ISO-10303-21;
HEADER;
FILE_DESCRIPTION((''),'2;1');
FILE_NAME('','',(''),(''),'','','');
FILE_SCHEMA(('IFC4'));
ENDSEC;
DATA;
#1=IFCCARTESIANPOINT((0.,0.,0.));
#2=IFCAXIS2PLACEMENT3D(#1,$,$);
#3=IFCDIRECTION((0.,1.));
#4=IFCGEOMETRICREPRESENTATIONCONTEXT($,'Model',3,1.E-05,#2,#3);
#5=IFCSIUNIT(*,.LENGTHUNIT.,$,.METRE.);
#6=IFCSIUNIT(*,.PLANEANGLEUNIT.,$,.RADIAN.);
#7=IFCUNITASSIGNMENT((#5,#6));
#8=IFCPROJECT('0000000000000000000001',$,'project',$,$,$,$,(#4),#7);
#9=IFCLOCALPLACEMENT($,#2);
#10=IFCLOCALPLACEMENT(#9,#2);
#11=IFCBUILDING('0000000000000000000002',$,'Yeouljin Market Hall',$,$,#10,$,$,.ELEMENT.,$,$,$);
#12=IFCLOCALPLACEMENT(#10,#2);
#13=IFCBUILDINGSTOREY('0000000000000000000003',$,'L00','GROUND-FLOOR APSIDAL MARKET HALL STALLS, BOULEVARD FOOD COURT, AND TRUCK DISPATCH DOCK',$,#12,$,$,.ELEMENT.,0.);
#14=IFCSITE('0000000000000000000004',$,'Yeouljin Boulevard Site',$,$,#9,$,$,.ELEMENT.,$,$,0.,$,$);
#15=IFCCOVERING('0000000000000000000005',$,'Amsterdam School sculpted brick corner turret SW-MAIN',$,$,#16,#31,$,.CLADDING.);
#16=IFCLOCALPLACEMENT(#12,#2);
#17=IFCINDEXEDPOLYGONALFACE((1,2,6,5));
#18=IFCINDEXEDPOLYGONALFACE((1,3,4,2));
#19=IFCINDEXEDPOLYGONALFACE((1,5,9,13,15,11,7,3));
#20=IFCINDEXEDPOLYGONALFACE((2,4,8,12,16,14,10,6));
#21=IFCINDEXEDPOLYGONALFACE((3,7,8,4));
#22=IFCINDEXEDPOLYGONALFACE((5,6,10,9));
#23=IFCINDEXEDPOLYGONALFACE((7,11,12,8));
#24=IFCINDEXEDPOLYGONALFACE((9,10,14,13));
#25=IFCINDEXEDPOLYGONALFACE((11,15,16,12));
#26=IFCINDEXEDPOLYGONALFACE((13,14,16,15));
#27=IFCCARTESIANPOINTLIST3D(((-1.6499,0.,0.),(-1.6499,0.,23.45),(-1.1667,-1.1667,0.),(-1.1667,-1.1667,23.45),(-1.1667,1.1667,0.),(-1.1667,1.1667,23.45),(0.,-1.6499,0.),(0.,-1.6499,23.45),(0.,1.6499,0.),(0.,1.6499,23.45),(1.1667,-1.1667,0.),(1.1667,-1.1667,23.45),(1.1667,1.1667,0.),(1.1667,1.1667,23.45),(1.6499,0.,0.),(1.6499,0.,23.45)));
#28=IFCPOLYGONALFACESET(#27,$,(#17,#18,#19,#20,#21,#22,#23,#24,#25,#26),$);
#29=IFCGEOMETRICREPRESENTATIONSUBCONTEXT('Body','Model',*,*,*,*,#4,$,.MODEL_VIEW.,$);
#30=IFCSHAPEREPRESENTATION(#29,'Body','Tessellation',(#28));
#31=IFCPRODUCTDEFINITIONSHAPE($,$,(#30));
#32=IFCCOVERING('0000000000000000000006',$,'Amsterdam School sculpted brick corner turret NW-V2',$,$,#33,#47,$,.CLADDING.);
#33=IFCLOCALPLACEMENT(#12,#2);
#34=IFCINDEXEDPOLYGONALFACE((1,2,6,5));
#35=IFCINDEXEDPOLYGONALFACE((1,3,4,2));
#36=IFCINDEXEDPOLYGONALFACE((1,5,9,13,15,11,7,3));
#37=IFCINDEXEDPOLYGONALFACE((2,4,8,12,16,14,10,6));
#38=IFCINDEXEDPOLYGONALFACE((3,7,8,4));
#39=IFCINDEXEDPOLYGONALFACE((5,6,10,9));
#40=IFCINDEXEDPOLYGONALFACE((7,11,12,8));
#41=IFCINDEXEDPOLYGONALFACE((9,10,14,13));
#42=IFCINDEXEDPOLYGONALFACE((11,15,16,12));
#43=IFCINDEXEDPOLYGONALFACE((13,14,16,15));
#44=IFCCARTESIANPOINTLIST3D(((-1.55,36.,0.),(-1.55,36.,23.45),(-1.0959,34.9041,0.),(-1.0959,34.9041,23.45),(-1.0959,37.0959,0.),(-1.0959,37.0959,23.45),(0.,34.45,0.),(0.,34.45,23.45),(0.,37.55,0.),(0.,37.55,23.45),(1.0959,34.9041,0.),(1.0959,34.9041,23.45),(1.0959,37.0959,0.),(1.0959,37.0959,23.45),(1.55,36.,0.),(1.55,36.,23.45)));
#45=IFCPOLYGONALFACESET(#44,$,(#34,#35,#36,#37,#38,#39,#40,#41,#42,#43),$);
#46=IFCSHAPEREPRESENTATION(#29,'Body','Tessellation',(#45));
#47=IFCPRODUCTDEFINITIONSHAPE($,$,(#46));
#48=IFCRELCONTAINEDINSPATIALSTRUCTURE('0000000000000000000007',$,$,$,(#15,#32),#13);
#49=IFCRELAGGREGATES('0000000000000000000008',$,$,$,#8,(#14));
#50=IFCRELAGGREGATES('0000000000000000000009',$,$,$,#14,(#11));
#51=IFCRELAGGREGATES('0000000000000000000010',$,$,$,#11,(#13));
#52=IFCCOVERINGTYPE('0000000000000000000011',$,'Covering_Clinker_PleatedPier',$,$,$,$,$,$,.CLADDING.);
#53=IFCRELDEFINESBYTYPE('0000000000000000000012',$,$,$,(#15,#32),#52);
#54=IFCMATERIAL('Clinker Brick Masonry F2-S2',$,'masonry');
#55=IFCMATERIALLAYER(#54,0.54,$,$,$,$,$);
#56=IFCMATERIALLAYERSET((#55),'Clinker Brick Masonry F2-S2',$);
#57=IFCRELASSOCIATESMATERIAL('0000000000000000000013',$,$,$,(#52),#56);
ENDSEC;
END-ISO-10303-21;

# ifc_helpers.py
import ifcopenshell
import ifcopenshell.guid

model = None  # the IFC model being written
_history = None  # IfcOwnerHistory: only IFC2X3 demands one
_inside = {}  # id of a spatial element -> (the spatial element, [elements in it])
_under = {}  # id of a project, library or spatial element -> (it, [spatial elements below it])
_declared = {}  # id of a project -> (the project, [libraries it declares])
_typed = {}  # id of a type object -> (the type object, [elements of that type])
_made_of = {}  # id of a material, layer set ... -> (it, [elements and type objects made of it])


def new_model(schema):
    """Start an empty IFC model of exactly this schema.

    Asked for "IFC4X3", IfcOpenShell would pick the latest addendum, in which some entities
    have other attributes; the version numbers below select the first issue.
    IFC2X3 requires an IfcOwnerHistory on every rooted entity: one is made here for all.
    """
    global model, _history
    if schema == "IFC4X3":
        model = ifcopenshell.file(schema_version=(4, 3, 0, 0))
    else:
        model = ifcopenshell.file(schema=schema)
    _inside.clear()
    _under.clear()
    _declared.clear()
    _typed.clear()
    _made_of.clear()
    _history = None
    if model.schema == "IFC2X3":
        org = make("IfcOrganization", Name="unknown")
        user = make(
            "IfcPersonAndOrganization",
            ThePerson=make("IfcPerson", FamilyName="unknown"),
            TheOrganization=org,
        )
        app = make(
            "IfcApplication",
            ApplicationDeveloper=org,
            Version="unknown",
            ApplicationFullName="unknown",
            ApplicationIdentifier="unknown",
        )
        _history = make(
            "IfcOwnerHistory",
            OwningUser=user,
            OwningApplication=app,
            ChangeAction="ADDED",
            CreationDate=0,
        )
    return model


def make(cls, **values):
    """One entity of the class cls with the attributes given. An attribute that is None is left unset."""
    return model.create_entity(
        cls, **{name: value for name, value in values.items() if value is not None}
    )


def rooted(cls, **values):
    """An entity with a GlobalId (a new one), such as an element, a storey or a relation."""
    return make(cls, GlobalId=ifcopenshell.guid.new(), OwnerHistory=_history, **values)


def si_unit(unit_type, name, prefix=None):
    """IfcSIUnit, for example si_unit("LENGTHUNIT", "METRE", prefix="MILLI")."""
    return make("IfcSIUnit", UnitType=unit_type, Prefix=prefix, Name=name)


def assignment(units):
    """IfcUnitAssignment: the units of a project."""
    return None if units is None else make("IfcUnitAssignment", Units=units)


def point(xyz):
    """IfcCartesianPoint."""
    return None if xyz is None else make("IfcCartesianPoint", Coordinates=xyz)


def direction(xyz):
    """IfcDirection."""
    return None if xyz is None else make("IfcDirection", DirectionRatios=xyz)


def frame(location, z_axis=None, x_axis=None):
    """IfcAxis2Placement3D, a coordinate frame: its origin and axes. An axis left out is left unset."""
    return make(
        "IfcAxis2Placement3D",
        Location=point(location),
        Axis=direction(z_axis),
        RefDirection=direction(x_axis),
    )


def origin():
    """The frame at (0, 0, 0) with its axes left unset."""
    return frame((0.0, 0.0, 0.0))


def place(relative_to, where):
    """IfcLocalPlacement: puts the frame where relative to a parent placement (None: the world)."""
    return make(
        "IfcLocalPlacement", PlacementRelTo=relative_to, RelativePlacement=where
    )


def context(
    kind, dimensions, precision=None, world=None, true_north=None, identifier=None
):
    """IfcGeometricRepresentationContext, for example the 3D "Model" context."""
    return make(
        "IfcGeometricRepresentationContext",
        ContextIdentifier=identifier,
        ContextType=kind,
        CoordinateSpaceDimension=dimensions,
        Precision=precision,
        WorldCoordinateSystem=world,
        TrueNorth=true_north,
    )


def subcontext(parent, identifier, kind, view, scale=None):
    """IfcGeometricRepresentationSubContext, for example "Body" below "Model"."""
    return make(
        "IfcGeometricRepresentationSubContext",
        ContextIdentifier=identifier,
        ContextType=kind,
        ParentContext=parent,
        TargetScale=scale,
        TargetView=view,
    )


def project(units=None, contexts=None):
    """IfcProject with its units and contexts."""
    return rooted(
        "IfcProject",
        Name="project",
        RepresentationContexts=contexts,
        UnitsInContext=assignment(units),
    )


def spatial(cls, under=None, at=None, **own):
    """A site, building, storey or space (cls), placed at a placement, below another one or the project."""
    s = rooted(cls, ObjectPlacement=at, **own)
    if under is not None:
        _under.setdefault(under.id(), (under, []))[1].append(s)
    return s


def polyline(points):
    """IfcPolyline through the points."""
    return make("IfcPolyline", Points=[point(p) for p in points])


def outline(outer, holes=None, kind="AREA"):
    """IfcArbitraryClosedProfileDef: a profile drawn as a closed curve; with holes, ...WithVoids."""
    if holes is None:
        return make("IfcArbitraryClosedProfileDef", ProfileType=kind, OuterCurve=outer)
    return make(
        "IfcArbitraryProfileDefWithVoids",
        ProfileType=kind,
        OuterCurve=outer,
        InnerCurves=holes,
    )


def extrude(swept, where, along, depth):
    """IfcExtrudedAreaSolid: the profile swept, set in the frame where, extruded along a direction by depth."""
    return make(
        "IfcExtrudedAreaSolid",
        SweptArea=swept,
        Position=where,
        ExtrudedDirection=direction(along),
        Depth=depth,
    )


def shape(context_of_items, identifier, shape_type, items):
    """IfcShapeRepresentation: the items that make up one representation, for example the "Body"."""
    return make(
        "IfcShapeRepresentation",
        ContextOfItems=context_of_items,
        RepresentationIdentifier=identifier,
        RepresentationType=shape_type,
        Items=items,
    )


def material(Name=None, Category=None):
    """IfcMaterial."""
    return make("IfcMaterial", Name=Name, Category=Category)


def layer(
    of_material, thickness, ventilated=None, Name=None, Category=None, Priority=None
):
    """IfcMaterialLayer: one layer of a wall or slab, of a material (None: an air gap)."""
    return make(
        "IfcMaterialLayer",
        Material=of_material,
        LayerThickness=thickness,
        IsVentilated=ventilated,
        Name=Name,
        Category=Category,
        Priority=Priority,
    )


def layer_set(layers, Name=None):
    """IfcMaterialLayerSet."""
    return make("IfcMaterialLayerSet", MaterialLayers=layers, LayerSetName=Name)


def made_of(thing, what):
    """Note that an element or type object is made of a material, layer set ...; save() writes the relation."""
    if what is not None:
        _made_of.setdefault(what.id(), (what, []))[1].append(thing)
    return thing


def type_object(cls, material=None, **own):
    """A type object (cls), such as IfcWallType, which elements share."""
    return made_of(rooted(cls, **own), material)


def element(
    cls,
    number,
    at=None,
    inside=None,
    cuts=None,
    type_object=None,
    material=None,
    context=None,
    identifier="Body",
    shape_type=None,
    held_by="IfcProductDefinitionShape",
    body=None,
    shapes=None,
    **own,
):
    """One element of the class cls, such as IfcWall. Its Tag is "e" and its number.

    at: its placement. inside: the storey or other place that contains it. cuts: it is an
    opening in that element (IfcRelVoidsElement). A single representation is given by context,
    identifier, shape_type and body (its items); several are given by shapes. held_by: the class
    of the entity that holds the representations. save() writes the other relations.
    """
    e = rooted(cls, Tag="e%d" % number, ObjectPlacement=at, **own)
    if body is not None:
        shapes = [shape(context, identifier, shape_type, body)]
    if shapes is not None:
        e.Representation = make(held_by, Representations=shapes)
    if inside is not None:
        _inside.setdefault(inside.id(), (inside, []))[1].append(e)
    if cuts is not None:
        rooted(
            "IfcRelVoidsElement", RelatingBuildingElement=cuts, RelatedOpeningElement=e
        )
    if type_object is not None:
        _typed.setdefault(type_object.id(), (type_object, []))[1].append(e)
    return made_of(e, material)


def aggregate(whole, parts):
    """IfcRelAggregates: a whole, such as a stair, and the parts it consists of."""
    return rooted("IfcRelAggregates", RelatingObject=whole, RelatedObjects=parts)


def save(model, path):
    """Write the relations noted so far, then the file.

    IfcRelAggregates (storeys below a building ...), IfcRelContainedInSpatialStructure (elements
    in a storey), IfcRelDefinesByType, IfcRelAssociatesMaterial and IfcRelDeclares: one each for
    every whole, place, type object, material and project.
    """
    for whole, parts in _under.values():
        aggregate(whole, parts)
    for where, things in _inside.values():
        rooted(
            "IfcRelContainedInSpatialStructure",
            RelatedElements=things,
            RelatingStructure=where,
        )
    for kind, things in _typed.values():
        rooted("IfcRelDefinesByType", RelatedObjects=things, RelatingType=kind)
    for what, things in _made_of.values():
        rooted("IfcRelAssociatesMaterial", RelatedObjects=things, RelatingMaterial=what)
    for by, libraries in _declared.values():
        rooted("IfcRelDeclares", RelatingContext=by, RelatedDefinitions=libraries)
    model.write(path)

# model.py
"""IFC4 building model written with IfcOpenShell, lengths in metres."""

from ifc_helpers import new_model, si_unit, direction, origin, place, context, subcontext, project, spatial, polyline, outline, extrude, material, layer, layer_set, type_object, element, save


model = new_model("IFC4")

# Units and contexts
model_context = context("Model", 3, precision=1e-05, world=origin(), true_north=direction((0.0, 1.0)))
body_context = subcontext(model_context, "Body", "Model", "MODEL_VIEW")
ifc_project = project(units=[si_unit("LENGTHUNIT", "METRE"), si_unit("PLANEANGLEUNIT", "RADIAN")], contexts=[model_context])

# Site, building, storey
site_placement = place(None, origin())
site = spatial("IfcSite", under=ifc_project, at=site_placement, Name="Yeouljin Boulevard Site", CompositionType="ELEMENT", RefElevation=0.0)
building_placement = place(site_placement, origin())
building = spatial("IfcBuilding", under=site, at=building_placement, Name="Yeouljin Market Hall", CompositionType="ELEMENT")
storey_placement = place(building_placement, origin())
storey = spatial("IfcBuildingStorey", under=building, at=storey_placement, Name="L00", Description="GROUND-FLOOR APSIDAL MARKET HALL STALLS, BOULEVARD FOOD COURT, AND TRUCK DISPATCH DOCK", CompositionType="ELEMENT", Elevation=0.0)

# Coverings
ifc_material_1 = material(Name="Clinker Brick Masonry F2-S2", Category="masonry")
ifc_layer_1 = layer(ifc_material_1, 0.54)
ifc_layer_set_1 = layer_set([ifc_layer_1], Name="Clinker Brick Masonry F2-S2")
covering_type = type_object("IfcCoveringType", Name="Covering_Clinker_PleatedPier", PredefinedType="CLADDING", material=ifc_layer_set_1)
covering_1_placement = place(storey_placement, origin())
element("IfcCovering", 1, at=covering_1_placement, inside=storey, type_object=covering_type, Name="Amsterdam School sculpted brick corner turret SW-MAIN", PredefinedType="CLADDING", context=body_context, shape_type="SweptSolid", body=[
    extrude(outline(polyline([(1.6499, 0.0), (1.1667, 1.1667), (0.0, 1.6499), (-1.1667, 1.1667), (-1.6499, 0.0), (-1.1667, -1.1667), (0.0, -1.6499), (1.1667, -1.1667), (1.6499, 0.0)])), origin(), (0.0, 0.0, 1.0), 23.45),
])
covering_2_placement = place(storey_placement, origin())
element("IfcCovering", 2, at=covering_2_placement, inside=storey, type_object=covering_type, Name="Amsterdam School sculpted brick corner turret NW-V2", PredefinedType="CLADDING", context=body_context, shape_type="SweptSolid", body=[
    extrude(outline(polyline([(1.55, 36.0), (1.0959, 37.0959), (0.0, 37.55), (-1.0959, 37.0959), (-1.55, 36.0), (-1.0959, 34.9041), (0.0, 34.45), (1.0959, 34.9041), (1.55, 36.0)])), origin(), (0.0, 0.0, 1.0), 23.45),
])

save(model, "model.ifc")
